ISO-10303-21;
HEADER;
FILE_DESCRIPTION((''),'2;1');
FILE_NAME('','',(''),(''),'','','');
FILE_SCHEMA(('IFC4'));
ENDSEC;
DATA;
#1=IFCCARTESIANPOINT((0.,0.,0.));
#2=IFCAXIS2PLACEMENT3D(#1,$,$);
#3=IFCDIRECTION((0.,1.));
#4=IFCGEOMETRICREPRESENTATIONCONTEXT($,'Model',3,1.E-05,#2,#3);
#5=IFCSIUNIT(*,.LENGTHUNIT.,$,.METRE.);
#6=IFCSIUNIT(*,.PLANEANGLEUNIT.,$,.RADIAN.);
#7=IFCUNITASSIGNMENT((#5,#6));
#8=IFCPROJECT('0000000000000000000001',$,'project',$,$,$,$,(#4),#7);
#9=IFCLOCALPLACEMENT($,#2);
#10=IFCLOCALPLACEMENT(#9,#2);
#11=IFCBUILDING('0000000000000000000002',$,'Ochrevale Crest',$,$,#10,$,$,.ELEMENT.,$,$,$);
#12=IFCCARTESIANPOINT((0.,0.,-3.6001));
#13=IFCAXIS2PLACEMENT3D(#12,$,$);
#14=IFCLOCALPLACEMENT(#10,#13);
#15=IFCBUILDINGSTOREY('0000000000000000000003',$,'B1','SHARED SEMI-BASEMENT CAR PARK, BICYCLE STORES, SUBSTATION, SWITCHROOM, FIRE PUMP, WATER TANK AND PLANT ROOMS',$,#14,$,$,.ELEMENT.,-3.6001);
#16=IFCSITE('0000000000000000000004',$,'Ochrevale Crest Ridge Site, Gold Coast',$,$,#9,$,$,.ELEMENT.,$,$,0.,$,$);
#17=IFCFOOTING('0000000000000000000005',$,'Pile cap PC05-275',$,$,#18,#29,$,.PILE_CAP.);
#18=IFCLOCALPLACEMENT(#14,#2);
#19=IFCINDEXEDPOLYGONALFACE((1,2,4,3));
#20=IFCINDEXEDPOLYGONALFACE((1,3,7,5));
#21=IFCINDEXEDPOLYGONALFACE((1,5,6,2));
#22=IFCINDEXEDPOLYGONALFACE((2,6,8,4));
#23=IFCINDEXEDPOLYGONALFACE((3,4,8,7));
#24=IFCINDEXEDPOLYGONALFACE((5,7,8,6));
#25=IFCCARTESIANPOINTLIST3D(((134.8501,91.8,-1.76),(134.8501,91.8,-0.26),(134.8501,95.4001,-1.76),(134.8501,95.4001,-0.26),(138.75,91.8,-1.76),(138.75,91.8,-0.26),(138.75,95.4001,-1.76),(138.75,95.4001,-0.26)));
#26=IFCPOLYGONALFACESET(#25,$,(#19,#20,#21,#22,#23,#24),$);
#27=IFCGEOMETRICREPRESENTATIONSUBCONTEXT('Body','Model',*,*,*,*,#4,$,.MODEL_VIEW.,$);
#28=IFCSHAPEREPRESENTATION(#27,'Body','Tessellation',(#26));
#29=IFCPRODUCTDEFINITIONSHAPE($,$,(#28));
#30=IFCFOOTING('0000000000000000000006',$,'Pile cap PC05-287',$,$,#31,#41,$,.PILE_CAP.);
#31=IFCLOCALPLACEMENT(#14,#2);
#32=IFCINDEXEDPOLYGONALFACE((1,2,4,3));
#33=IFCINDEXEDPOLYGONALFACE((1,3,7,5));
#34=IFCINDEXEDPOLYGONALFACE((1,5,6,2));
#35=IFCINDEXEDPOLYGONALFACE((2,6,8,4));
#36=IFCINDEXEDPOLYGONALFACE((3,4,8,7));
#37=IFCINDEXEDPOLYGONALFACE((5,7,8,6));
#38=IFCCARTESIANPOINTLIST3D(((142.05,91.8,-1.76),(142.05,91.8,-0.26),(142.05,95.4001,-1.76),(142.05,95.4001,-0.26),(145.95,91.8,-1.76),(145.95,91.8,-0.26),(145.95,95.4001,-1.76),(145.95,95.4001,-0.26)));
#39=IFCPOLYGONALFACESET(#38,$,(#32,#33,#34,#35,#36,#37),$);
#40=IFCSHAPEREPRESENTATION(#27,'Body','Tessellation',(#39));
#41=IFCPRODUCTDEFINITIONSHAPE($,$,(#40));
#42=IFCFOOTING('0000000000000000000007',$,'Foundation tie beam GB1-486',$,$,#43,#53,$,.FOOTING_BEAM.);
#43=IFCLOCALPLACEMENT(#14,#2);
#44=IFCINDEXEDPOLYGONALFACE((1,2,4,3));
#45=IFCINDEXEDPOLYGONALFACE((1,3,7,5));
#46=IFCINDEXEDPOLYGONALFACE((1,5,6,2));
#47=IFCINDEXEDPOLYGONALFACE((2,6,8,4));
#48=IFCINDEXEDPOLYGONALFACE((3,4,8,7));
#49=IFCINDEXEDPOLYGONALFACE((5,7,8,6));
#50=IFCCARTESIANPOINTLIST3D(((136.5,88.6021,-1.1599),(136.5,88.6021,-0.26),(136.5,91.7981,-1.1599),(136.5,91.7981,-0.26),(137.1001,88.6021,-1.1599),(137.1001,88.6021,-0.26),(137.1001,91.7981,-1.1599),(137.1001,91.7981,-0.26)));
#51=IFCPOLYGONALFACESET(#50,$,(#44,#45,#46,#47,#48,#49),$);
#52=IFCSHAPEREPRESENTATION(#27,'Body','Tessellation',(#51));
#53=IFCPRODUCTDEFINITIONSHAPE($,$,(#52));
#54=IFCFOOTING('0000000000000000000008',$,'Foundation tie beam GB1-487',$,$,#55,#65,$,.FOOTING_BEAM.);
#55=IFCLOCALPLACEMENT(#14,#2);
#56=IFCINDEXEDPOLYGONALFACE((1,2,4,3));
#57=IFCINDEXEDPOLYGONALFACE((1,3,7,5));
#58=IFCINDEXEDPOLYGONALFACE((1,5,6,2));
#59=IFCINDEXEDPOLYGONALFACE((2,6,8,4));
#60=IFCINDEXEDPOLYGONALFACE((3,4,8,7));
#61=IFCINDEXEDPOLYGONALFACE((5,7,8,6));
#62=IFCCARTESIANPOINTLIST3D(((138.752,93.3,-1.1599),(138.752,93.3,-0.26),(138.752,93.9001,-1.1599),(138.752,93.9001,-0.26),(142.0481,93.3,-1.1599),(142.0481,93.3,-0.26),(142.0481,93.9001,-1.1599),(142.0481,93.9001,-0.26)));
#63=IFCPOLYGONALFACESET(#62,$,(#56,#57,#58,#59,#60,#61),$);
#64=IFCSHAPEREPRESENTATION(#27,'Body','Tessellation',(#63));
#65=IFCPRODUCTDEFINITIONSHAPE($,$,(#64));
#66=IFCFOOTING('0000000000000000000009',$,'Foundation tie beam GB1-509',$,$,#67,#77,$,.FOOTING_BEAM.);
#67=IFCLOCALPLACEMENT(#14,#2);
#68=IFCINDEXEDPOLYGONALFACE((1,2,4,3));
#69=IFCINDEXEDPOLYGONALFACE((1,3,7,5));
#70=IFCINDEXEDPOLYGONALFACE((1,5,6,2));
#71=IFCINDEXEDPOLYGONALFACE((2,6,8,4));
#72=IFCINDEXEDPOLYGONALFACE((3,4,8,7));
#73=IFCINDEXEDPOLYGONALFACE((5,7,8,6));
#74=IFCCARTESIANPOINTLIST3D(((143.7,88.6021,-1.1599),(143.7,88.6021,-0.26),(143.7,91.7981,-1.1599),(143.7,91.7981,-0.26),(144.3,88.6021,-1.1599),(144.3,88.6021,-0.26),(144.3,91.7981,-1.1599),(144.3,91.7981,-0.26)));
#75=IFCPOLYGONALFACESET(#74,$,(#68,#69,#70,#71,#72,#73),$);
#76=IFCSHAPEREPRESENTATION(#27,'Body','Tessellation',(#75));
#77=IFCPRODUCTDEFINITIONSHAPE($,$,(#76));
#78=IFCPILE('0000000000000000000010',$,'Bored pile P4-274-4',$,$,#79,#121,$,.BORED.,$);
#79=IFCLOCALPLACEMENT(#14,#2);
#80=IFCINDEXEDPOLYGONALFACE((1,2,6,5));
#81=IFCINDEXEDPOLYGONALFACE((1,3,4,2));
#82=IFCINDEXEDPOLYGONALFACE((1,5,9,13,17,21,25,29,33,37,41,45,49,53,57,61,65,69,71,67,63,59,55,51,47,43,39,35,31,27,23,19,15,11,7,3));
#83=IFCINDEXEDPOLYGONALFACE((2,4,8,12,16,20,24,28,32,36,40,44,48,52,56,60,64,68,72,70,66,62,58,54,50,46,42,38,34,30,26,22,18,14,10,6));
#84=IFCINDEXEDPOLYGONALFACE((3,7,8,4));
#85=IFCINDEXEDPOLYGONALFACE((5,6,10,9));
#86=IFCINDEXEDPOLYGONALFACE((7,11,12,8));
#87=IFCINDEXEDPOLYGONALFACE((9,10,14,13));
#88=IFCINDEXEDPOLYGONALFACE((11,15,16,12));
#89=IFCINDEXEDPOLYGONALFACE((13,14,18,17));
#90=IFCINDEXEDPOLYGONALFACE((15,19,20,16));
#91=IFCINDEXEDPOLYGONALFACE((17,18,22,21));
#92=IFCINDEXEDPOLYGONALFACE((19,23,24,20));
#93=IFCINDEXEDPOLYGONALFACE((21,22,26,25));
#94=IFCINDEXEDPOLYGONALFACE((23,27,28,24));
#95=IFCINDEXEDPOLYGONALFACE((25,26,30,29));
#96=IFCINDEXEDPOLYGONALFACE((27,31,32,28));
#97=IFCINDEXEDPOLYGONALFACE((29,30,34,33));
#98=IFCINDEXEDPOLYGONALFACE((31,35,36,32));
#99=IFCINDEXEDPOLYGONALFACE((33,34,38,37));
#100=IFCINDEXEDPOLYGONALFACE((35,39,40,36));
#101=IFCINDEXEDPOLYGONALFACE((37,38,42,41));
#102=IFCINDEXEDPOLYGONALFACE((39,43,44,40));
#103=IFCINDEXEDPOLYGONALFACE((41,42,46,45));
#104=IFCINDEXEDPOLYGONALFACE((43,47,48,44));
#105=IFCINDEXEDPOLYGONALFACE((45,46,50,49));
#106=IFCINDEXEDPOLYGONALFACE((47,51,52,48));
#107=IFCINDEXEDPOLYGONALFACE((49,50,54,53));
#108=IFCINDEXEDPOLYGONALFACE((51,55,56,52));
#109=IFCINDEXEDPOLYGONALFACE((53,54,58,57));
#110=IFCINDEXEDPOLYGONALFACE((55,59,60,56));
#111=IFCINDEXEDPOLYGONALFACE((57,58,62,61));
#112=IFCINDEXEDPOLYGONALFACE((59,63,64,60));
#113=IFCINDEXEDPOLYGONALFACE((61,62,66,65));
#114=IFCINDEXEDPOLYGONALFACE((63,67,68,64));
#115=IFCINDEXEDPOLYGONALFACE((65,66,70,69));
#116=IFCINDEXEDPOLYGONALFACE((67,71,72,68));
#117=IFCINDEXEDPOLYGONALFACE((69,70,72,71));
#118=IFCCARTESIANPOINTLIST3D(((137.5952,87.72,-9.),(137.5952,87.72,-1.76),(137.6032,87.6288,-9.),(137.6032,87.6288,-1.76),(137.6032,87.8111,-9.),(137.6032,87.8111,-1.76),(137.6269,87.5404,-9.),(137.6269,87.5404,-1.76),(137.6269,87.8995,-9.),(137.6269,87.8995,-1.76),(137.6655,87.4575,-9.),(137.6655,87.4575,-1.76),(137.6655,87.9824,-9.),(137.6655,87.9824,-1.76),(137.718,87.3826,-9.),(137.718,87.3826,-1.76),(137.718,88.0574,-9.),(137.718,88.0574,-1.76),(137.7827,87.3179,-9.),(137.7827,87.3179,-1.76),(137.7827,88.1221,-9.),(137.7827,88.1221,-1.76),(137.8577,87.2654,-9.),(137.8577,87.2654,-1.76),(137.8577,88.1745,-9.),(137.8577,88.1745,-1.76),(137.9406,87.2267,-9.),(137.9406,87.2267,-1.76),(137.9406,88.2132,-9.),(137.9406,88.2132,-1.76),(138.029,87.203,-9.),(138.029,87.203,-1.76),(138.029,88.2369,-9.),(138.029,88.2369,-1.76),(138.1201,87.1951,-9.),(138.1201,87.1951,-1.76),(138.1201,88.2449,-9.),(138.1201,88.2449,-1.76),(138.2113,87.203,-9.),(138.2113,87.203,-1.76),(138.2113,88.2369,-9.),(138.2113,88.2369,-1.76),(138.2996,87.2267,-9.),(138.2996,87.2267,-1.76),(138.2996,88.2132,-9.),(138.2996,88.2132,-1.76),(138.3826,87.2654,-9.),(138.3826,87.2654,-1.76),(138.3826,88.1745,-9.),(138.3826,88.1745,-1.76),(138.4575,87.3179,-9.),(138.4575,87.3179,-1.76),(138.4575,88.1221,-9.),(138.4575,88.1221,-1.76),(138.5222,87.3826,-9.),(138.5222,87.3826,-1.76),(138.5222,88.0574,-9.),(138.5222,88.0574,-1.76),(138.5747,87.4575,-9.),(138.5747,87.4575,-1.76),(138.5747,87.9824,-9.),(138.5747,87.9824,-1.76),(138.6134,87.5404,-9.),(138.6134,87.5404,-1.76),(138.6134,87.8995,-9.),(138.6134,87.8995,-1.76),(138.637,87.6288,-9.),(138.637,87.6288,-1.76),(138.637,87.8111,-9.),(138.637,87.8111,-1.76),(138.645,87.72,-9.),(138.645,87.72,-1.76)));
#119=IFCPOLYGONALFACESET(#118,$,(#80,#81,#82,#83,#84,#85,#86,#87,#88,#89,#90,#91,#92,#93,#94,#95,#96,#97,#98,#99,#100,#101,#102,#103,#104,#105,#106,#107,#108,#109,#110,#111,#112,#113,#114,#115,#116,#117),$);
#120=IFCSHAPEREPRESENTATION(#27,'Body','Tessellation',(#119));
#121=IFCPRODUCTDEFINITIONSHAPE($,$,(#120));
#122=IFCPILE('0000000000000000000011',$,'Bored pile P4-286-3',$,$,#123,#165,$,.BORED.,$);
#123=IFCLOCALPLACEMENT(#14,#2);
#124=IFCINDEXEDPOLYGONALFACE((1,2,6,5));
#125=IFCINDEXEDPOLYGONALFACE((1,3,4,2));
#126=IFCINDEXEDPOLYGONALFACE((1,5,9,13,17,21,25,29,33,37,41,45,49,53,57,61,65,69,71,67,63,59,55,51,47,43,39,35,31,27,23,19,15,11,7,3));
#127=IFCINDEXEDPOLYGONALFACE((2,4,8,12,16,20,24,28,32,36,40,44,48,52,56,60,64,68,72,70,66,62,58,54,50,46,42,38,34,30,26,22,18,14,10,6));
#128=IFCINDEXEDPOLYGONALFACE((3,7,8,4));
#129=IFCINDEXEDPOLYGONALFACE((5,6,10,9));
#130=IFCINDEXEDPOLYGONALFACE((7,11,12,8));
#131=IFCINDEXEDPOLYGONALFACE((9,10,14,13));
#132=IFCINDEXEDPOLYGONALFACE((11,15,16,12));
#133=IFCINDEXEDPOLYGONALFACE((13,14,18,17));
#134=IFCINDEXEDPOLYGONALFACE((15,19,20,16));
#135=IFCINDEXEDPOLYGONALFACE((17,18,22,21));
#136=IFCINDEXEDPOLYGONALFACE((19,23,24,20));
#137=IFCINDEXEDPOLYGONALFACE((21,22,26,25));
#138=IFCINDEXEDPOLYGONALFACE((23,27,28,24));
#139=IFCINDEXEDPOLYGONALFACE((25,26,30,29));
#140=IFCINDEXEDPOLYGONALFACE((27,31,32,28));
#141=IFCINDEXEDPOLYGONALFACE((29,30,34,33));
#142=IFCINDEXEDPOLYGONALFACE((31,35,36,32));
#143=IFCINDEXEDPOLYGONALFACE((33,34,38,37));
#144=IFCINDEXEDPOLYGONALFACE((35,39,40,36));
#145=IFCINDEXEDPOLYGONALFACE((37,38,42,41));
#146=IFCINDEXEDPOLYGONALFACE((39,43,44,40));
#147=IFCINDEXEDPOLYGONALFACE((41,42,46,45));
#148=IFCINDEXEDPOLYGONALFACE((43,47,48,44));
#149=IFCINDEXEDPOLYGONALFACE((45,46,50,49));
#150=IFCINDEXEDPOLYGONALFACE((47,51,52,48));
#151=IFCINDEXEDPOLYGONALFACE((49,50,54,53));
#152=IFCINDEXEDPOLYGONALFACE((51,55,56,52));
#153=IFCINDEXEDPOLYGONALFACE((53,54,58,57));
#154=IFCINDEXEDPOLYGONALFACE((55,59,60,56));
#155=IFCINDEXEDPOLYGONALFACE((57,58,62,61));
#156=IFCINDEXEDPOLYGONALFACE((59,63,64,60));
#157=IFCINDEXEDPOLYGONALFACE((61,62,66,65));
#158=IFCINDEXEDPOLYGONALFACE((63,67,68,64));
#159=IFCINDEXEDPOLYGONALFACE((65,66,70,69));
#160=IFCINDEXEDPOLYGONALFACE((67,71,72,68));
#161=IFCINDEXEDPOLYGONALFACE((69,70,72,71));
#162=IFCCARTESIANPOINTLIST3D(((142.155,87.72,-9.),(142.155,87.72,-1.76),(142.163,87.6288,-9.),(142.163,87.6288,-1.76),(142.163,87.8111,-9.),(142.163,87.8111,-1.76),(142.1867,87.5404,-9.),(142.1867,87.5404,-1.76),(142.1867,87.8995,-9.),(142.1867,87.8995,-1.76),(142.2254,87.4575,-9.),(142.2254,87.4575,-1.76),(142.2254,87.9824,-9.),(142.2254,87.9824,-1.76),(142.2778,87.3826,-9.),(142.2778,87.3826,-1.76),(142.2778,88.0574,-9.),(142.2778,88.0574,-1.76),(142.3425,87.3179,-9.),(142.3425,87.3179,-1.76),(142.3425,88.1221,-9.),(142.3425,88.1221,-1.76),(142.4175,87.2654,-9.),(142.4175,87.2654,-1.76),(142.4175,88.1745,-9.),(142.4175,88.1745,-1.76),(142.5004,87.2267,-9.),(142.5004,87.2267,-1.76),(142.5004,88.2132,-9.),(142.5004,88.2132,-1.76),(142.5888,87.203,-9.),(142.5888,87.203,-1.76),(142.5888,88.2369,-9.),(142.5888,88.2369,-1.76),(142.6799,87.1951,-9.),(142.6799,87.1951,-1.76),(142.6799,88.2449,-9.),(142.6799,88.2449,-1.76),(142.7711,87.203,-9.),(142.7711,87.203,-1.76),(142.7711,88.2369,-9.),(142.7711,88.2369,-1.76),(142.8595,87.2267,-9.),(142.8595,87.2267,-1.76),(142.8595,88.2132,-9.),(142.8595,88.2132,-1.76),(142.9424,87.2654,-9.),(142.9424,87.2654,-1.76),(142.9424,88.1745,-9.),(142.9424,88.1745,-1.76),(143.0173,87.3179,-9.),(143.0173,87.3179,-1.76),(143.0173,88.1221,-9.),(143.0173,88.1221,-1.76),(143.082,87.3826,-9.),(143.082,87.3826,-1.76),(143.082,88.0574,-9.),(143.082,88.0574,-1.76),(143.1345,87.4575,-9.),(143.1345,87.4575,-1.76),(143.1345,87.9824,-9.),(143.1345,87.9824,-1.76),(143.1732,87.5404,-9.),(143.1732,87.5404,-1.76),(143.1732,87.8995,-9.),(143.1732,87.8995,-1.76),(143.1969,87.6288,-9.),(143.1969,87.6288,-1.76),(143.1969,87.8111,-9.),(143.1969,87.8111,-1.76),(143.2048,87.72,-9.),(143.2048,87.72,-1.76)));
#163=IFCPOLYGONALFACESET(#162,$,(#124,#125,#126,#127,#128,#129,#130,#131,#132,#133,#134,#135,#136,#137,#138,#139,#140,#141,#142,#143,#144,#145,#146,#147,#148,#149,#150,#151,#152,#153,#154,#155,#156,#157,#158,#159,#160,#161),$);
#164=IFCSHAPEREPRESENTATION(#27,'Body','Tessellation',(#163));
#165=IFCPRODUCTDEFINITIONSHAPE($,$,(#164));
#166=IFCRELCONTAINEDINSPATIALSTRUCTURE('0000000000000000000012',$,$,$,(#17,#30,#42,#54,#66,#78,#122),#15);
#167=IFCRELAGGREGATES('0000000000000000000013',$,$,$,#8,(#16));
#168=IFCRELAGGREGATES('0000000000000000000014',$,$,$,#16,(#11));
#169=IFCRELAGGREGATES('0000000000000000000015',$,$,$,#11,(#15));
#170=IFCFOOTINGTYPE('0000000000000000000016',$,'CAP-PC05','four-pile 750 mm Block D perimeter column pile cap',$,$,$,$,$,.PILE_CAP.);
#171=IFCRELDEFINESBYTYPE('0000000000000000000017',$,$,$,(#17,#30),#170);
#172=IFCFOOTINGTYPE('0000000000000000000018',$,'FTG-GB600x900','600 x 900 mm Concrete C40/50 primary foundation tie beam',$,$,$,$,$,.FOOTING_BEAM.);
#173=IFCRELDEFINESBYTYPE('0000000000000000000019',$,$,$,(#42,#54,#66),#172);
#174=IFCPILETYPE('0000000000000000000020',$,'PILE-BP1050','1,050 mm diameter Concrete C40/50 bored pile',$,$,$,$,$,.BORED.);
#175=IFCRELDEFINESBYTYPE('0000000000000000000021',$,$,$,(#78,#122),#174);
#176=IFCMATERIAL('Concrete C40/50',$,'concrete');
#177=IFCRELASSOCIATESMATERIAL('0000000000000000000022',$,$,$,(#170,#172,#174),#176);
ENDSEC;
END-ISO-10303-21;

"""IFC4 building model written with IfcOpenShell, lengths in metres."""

from ifc_helpers import new_model, si_unit, direction, frame, origin, origin_2d, place, context, subcontext, project, spatial, rectangle, circle, extrude, material, material_profile, profile_set, type_object, element, save


model = new_model("IFC4")

# Units and contexts
model_context = context("Model", 3, precision=1e-05, world=origin(), true_north=direction((0.0, 1.0)))
body_context = subcontext(model_context, "Body", "Model", "MODEL_VIEW")
ifc_project = project(units=[si_unit("LENGTHUNIT", "METRE"), si_unit("PLANEANGLEUNIT", "RADIAN")], contexts=[model_context])

# Site, building, storey
site_placement = place(None, origin())
site = spatial("IfcSite", under=ifc_project, at=site_placement, Name="Ochrevale Crest Ridge Site, Gold Coast", CompositionType="ELEMENT", RefElevation=0.0)
building_placement = place(site_placement, origin())
building = spatial("IfcBuilding", under=site, at=building_placement, Name="Ochrevale Crest", CompositionType="ELEMENT")
storey_placement = place(building_placement, frame((0.0, 0.0, -3.6001)))
storey = spatial("IfcBuildingStorey", under=building, at=storey_placement, Name="B1", Description="SHARED SEMI-BASEMENT CAR PARK, BICYCLE STORES, SUBSTATION, SWITCHROOM, FIRE PUMP, WATER TANK AND PLANT ROOMS", CompositionType="ELEMENT", Elevation=-3.6001)

# Footings
ifc_material_1 = material(Name="Concrete C40/50", Category="concrete")
footing_type_1 = type_object("IfcFootingType", Name="CAP-PC05", Description="four-pile 750 mm Block D perimeter column pile cap", PredefinedType="PILE_CAP", material=ifc_material_1)
for number, where, z_axis, x_axis, name in (
    (1, (136.8, 93.6001, -1.76), (0.0, 0.0, 1.0), (1.0, 0.0, 0.0), "Pile cap PC05-275"),
    (2, (144.0, 93.6001, -1.76), (0.0, 0.0, 1.0), (1.0, 0.0, 0.0), "Pile cap PC05-287"),
):
    element("IfcFooting", number, at=place(storey_placement, frame(where, z_axis=z_axis, x_axis=x_axis)), inside=storey, type_object=footing_type_1, Name=name, PredefinedType="PILE_CAP", context=body_context, shape_type="SweptSolid", body=[
        extrude(rectangle(XDim=3.8999, YDim=3.6001, at=origin_2d()), origin(), (0.0, 0.0, 1.0), 1.5),
    ])
ifc_material_profile_1 = material_profile(ifc_material_1, rectangle(XDim=0.6001, YDim=0.8999, at=origin_2d()), Name="GB 600x900")
ifc_profile_set_1 = profile_set([ifc_material_profile_1], Name="Concrete C40/50")
footing_type_2 = type_object("IfcFootingType", Name="FTG-GB600x900", Description="600 x 900 mm Concrete C40/50 primary foundation tie beam", PredefinedType="FOOTING_BEAM", material=ifc_profile_set_1)
footing_1_placement = place(storey_placement, frame((136.8, 88.6021, -0.71), z_axis=(0.0, 1.0, 0.0), x_axis=(-1.0, 0.0, 0.0)))
element("IfcFooting", 3, at=footing_1_placement, inside=storey, type_object=footing_type_2, Name="Foundation tie beam GB1-486", PredefinedType="FOOTING_BEAM", context=body_context, shape_type="SweptSolid", body=[
    extrude(rectangle(XDim=0.6001, YDim=0.8999, at=origin_2d()), origin(), (0.0, 0.0, 1.0), 3.196),
])
footing_2_placement = place(storey_placement, frame((138.752, 93.6001, -0.71), z_axis=(1.0, 0.0, 0.0), x_axis=(0.0, 1.0, 0.0)))
element("IfcFooting", 4, at=footing_2_placement, inside=storey, type_object=footing_type_2, Name="Foundation tie beam GB1-487", PredefinedType="FOOTING_BEAM", context=body_context, shape_type="SweptSolid", body=[
    extrude(rectangle(XDim=0.6001, YDim=0.8999, at=origin_2d()), origin(), (0.0, 0.0, 1.0), 3.2961),
])
footing_3_placement = place(storey_placement, frame((144.0, 88.6021, -0.71), z_axis=(0.0, 1.0, 0.0), x_axis=(-1.0, 0.0, 0.0)))
element("IfcFooting", 5, at=footing_3_placement, inside=storey, type_object=footing_type_2, Name="Foundation tie beam GB1-509", PredefinedType="FOOTING_BEAM", context=body_context, shape_type="SweptSolid", body=[
    extrude(rectangle(XDim=0.6001, YDim=0.8999, at=origin_2d()), origin(), (0.0, 0.0, 1.0), 3.196),
])

# Piles
ifc_material_profile_2 = material_profile(ifc_material_1, circle(Radius=0.5249, at=origin_2d()), Name="BORED PILE 1050")
ifc_profile_set_2 = profile_set([ifc_material_profile_2], Name="Concrete C40/50")
pile_type_1 = type_object("IfcPileType", Name="PILE-BP1050", Description="1,050 mm diameter Concrete C40/50 bored pile", PredefinedType="BORED", material=ifc_profile_set_2)
for number, where, z_axis, x_axis, name in (
    (6, (138.1201, 87.72, -1.76), (0.0, 0.0, -1.0), (1.0, 0.0, 0.0), "Bored pile P4-274-4"),
    (7, (142.6799, 87.72, -1.76), (0.0, 0.0, -1.0), (1.0, 0.0, 0.0), "Bored pile P4-286-3"),
):
    element("IfcPile", number, at=place(storey_placement, frame(where, z_axis=z_axis, x_axis=x_axis)), inside=storey, type_object=pile_type_1, Name=name, PredefinedType="BORED", context=body_context, shape_type="SweptSolid", body=[
        extrude(circle(Radius=0.5249, at=origin_2d()), origin(), (0.0, 0.0, 1.0), 7.24),
    ])

save(model, "model.ifc")
